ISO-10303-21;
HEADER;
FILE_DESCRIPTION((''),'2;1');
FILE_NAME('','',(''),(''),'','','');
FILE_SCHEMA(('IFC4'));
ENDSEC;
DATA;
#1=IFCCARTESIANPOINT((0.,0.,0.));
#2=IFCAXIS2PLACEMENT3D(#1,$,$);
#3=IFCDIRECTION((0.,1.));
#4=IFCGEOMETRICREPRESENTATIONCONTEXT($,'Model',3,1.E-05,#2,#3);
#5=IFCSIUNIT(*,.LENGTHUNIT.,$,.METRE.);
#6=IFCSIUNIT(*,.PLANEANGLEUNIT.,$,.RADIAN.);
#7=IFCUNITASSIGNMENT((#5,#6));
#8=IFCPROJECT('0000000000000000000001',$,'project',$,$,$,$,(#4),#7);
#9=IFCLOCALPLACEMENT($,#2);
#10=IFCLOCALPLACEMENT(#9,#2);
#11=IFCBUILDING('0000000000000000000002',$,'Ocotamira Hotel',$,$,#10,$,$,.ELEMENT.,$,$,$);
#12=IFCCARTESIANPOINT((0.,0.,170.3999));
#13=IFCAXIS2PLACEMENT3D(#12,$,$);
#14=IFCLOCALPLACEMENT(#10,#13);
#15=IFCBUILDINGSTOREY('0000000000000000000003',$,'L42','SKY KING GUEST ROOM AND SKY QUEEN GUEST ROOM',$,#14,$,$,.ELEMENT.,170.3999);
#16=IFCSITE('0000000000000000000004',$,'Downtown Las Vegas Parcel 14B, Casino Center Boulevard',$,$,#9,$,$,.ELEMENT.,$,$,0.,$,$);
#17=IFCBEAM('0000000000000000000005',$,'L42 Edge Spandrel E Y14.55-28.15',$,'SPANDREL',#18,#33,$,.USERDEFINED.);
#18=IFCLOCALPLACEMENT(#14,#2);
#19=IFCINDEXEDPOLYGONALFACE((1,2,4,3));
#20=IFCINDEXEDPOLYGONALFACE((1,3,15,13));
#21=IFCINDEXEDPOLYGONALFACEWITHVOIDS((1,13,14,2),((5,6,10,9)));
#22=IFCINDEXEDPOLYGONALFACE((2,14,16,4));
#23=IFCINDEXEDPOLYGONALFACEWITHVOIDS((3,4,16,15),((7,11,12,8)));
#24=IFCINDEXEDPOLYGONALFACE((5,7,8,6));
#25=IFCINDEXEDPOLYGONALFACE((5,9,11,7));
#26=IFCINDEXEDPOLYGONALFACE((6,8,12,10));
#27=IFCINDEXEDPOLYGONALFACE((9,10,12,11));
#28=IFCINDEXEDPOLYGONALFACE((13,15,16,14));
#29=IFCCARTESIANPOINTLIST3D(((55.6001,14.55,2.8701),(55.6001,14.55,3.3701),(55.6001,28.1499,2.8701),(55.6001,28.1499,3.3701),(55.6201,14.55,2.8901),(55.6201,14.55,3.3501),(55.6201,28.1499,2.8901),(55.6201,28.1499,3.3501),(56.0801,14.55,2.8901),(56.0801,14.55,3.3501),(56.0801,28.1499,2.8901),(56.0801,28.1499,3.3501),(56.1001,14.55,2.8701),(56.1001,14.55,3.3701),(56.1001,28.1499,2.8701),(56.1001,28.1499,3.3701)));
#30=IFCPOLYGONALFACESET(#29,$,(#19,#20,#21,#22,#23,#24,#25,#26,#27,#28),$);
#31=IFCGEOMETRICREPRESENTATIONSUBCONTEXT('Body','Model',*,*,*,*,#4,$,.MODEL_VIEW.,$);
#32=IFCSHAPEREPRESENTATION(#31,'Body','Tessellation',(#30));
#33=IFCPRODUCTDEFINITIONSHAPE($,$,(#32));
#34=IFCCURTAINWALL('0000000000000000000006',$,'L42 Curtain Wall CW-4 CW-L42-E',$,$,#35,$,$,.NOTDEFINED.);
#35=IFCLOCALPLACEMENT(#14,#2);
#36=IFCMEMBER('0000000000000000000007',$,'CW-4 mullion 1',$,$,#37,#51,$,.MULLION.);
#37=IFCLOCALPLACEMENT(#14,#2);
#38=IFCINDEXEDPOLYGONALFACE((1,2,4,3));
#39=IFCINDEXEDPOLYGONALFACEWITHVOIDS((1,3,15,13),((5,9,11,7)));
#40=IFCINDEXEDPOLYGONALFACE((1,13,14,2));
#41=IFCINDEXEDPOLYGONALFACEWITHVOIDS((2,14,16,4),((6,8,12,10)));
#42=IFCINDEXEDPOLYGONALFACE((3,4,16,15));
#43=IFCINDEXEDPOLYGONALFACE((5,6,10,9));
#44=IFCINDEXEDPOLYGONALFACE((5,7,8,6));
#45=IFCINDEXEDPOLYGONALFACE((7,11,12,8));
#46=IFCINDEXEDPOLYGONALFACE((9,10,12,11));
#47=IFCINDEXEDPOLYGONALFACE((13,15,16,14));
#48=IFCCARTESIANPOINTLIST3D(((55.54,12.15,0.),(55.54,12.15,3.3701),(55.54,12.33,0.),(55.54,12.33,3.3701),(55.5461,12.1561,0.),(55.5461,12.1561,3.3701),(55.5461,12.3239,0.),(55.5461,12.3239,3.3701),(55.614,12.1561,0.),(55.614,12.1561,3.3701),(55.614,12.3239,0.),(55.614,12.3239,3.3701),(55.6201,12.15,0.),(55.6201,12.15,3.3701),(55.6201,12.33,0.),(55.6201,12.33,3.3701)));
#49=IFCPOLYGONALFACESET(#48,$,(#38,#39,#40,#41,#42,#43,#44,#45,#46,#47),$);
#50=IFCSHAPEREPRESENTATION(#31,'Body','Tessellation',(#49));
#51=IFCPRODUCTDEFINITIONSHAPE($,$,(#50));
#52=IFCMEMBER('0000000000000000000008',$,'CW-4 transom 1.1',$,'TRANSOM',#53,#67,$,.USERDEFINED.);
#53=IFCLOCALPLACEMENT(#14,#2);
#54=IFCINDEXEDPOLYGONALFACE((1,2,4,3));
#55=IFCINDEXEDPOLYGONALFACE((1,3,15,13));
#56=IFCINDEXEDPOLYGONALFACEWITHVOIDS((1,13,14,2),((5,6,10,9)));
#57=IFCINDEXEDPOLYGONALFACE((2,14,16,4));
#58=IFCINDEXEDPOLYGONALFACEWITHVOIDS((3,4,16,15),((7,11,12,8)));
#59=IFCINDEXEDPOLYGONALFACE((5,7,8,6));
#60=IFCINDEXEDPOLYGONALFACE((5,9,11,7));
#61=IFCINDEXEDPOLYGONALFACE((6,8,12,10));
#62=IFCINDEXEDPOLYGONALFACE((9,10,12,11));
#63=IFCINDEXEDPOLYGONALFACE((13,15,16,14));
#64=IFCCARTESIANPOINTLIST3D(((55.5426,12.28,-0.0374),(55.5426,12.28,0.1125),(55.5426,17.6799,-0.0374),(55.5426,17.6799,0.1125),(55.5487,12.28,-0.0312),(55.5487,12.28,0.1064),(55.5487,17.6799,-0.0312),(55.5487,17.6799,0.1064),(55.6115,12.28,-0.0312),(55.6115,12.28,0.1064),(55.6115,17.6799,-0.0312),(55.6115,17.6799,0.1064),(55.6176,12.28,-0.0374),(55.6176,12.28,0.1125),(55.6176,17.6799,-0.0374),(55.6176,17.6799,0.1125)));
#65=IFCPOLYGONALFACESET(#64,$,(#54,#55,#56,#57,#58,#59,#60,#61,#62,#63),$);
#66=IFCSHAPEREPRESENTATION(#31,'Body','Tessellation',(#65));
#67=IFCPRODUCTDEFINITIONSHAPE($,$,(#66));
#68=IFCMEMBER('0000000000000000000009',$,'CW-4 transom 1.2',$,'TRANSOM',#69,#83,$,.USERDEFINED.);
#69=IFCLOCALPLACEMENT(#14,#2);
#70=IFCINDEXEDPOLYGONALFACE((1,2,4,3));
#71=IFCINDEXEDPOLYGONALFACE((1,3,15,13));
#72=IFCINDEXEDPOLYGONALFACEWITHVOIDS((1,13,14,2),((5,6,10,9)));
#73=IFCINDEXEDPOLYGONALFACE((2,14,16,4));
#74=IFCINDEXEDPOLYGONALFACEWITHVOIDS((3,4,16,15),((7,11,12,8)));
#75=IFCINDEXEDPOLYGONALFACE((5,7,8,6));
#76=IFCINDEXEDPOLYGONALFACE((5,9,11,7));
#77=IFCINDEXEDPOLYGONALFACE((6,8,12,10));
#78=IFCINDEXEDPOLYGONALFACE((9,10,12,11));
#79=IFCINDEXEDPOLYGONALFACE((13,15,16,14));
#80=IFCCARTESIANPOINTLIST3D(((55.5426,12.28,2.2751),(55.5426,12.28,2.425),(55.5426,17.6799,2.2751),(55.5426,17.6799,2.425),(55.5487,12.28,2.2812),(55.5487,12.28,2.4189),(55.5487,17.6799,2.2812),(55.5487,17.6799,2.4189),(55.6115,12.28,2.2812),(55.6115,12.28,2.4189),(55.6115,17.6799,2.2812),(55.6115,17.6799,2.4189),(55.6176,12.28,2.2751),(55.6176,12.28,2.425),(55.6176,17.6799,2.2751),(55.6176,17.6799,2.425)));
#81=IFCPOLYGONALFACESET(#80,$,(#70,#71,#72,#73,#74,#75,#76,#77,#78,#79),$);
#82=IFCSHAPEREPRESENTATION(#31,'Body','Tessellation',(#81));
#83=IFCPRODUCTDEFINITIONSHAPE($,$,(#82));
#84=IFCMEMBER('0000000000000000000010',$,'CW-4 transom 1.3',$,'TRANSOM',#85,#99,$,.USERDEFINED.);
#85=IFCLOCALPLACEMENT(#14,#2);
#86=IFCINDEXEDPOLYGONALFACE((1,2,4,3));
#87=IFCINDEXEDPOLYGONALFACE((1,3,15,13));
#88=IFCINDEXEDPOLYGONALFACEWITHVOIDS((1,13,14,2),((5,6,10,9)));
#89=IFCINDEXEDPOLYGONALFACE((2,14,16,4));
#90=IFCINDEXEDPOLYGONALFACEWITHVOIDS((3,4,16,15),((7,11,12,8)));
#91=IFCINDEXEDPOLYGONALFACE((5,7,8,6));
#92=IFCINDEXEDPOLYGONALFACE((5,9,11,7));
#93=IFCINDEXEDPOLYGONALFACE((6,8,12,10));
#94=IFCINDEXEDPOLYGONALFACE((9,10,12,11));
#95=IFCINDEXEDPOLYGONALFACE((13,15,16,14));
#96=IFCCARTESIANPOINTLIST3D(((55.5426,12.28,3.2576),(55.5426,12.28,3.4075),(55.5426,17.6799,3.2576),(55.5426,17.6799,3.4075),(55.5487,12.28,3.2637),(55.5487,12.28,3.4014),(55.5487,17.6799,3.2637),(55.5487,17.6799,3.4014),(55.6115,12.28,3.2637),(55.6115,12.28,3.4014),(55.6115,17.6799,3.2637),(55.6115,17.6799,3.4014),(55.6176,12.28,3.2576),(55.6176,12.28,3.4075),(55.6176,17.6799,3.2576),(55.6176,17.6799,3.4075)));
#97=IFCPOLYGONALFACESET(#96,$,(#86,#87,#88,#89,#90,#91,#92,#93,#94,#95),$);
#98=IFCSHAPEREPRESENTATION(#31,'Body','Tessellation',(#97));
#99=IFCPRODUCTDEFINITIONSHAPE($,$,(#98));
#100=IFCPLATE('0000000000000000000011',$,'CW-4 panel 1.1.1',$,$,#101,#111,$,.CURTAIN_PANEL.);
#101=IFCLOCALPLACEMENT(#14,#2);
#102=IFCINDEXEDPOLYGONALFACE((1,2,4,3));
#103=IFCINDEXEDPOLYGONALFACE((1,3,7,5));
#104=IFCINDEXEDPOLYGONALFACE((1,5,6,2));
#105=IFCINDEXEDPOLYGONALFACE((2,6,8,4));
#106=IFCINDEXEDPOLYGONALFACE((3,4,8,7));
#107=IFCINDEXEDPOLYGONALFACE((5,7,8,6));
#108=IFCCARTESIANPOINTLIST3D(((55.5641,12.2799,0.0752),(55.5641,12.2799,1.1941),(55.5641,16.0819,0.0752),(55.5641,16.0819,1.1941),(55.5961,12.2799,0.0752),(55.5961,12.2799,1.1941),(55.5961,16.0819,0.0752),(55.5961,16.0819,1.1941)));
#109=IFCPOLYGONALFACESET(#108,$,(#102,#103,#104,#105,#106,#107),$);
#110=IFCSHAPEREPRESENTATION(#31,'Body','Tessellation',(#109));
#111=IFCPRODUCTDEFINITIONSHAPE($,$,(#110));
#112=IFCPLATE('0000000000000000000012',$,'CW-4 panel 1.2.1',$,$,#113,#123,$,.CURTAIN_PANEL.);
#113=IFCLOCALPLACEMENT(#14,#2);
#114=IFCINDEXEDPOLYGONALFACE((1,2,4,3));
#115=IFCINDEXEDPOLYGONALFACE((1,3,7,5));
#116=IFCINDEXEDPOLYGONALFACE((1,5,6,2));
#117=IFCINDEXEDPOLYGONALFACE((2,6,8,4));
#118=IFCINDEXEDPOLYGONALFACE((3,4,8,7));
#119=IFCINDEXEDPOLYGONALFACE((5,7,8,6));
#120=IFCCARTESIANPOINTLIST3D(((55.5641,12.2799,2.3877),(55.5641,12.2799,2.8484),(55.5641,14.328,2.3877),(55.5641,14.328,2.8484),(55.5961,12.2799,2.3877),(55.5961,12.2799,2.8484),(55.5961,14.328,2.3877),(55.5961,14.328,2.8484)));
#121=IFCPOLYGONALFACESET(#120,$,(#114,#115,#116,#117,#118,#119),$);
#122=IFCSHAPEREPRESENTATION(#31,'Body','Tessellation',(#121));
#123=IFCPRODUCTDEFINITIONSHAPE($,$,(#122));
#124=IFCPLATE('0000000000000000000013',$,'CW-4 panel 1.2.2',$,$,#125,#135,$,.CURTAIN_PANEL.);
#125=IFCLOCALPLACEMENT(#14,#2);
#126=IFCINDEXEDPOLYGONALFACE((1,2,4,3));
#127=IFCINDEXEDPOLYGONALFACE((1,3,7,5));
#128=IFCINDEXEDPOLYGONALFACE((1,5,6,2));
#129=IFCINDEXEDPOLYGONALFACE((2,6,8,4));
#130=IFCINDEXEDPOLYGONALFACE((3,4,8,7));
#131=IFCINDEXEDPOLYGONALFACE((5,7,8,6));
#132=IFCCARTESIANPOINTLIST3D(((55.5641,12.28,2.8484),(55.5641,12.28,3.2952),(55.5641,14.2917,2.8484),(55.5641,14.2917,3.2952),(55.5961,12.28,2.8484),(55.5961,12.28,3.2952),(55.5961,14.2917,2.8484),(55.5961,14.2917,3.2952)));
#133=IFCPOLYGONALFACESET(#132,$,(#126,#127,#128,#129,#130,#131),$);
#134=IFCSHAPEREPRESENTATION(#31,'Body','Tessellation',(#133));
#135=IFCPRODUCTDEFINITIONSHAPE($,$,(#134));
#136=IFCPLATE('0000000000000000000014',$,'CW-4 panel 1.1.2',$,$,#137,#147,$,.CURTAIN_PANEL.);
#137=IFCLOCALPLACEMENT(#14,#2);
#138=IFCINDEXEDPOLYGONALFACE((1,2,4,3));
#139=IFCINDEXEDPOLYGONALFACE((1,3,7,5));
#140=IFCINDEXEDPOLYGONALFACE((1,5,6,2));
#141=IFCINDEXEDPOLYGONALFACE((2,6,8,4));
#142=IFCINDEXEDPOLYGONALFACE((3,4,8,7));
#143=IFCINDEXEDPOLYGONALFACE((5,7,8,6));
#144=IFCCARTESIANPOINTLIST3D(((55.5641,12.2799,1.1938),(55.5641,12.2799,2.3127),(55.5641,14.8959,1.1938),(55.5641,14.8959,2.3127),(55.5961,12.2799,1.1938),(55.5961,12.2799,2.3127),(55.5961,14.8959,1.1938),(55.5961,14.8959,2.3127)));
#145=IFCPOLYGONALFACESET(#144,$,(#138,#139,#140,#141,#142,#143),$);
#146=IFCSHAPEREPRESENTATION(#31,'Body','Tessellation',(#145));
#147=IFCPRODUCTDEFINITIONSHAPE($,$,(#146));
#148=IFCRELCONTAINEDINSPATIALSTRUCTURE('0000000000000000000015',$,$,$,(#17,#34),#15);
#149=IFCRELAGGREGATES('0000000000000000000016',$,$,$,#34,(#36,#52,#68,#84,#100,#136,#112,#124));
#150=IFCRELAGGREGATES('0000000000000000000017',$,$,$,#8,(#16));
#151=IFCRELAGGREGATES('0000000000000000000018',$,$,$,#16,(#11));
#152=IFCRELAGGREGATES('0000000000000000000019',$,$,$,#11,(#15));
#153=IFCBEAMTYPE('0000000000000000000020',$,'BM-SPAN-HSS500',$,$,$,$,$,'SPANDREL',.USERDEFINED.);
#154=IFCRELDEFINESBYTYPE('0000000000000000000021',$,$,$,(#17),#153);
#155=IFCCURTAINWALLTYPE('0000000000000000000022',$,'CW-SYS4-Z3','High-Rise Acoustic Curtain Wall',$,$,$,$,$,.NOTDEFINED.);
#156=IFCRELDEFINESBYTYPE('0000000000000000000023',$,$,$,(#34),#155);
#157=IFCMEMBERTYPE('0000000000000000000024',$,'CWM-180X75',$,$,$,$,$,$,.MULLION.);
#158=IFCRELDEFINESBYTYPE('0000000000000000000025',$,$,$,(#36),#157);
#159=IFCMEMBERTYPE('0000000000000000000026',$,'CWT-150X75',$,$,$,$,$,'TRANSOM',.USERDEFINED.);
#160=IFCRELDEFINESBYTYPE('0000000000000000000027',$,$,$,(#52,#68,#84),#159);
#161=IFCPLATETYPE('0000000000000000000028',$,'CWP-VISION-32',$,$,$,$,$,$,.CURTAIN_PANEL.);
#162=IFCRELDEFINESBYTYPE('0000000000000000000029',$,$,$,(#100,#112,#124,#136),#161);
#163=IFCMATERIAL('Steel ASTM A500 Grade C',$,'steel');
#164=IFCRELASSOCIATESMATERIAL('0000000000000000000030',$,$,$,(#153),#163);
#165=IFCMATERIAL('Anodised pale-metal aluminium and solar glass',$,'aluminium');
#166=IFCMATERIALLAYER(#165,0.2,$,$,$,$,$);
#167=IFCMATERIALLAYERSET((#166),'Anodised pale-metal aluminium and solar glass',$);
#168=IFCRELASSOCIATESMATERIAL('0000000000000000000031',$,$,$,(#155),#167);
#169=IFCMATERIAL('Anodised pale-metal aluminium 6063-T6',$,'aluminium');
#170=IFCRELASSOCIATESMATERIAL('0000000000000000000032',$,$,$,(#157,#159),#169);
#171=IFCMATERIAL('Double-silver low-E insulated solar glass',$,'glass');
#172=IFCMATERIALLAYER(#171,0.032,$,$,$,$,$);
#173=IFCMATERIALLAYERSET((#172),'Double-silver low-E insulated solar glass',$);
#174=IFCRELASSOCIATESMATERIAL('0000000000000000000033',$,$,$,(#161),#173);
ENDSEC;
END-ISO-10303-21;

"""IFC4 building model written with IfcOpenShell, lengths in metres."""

from ifc_helpers import new_model, si_unit, direction, frame, origin, origin_2d, place, context, subcontext, project, spatial, rectangle, hollow_rectangle, extrude, source, transform, mapped, material, layer, layer_set, material_profile, profile_set, type_object, element, aggregate, save


model = new_model("IFC4")

# Units and contexts
model_context = context("Model", 3, precision=1e-05, world=origin(), true_north=direction((0.0, 1.0)))
body_context = subcontext(model_context, "Body", "Model", "MODEL_VIEW")
ifc_project = project(units=[si_unit("LENGTHUNIT", "METRE"), si_unit("PLANEANGLEUNIT", "RADIAN")], contexts=[model_context])

# Site, building, storey
site_placement = place(None, origin())
site = spatial("IfcSite", under=ifc_project, at=site_placement, Name="Downtown Las Vegas Parcel 14B, Casino Center Boulevard", CompositionType="ELEMENT", RefElevation=0.0)
building_placement = place(site_placement, origin())
building = spatial("IfcBuilding", under=site, at=building_placement, Name="Ocotamira Hotel", CompositionType="ELEMENT")
storey_placement = place(building_placement, frame((0.0, 0.0, 170.3999)))
storey = spatial("IfcBuildingStorey", under=building, at=storey_placement, Name="L42", Description="SKY KING GUEST ROOM AND SKY QUEEN GUEST ROOM", CompositionType="ELEMENT", Elevation=170.3999)

# Beam
ifc_material_1 = material(Name="Steel ASTM A500 Grade C", Category="steel")
ifc_material_profile_1 = material_profile(ifc_material_1, hollow_rectangle(XDim=0.5, YDim=0.5, WallThickness=0.02, at=origin_2d()), Name="HSS500X500X20")
ifc_profile_set_1 = profile_set([ifc_material_profile_1], Name="Steel ASTM A500 Grade C")
beam_type_1 = type_object("IfcBeamType", Name="BM-SPAN-HSS500", ElementType="SPANDREL", PredefinedType="USERDEFINED", material=ifc_profile_set_1)
shared_shape_1 = source(origin(), body_context, "Body", "SweptSolid", [
    extrude(hollow_rectangle(XDim=0.5, YDim=0.5, WallThickness=0.02, at=origin_2d()), origin(), (0.0, 0.0, 1.0), 13.5999),
])
beam_1_placement = place(storey_placement, frame((55.8501, 14.55, 3.1201), z_axis=(0.0, 1.0, 0.0), x_axis=(-1.0, 0.0, 0.0)))
element("IfcBeam", 1, at=beam_1_placement, inside=storey, type_object=beam_type_1, Name="L42 Edge Spandrel E Y14.55-28.15", ObjectType="SPANDREL", PredefinedType="USERDEFINED", context=body_context, shape_type="MappedRepresentation", body=[
    mapped(shared_shape_1, transform((0.0, 0.0, 0.0), scale=1.0)),
])

# Curtain wall, members, plates
ifc_material_2 = material(Name="Anodised pale-metal aluminium and solar glass", Category="aluminium")
ifc_layer_1 = layer(ifc_material_2, 0.2)
ifc_layer_set_1 = layer_set([ifc_layer_1], Name="Anodised pale-metal aluminium and solar glass")
curtain_wall_type = type_object("IfcCurtainWallType", Name="CW-SYS4-Z3", Description="High-Rise Acoustic Curtain Wall", PredefinedType="NOTDEFINED", material=ifc_layer_set_1)
curtain_wall_placement = place(storey_placement, origin())
curtain_wall = element("IfcCurtainWall", 2, at=curtain_wall_placement, inside=storey, type_object=curtain_wall_type, Name="L42 Curtain Wall CW-4 CW-L42-E", PredefinedType="NOTDEFINED")
ifc_material_3 = material(Name="Anodised pale-metal aluminium 6063-T6", Category="aluminium")
ifc_material_profile_2 = material_profile(ifc_material_3, hollow_rectangle(XDim=0.0801, YDim=0.1799, WallThickness=0.0061, at=origin_2d()), Name="HSS180X80X6")
ifc_profile_set_2 = profile_set([ifc_material_profile_2], Name="Anodised pale-metal aluminium 6063-T6")
member_type_1 = type_object("IfcMemberType", Name="CWM-180X75", PredefinedType="MULLION", material=ifc_profile_set_2)
shared_shape_2 = source(origin(), body_context, "Body", "SweptSolid", [
    extrude(hollow_rectangle(XDim=0.0801, YDim=0.1799, WallThickness=0.0061, at=origin_2d()), origin(), (0.0, 0.0, 1.0), 3.3701),
])
member_1_placement = place(storey_placement, frame((55.5801, 12.24, 0.0), z_axis=(0.0, 0.0, 1.0), x_axis=(-1.0, 0.0, 0.0)))
member_1 = element("IfcMember", 3, at=member_1_placement, type_object=member_type_1, Name="CW-4 mullion 1", PredefinedType="MULLION", context=body_context, shape_type="MappedRepresentation", body=[
    mapped(shared_shape_2, transform((0.0, 0.0, 0.0), scale=1.0)),
])
ifc_material_profile_3 = material_profile(ifc_material_3, hollow_rectangle(XDim=0.075, YDim=0.1499, WallThickness=0.0061, at=origin_2d()), Name="HSS150X75X6")
ifc_profile_set_3 = profile_set([ifc_material_profile_3], Name="Anodised pale-metal aluminium 6063-T6")
member_type_2 = type_object("IfcMemberType", Name="CWT-150X75", ElementType="TRANSOM", PredefinedType="USERDEFINED", material=ifc_profile_set_3)
shared_shape_3 = source(origin(), body_context, "Body", "SweptSolid", [
    extrude(hollow_rectangle(XDim=0.075, YDim=0.1499, WallThickness=0.0061, at=origin_2d()), origin(), (0.0, 0.0, 1.0), 5.3999),
])
member_2_placement = place(storey_placement, frame((55.5801, 12.28, 0.0376), z_axis=(0.0, 1.0, 0.0), x_axis=(-1.0, 0.0, 0.0)))
member_2 = element("IfcMember", 4, at=member_2_placement, type_object=member_type_2, Name="CW-4 transom 1.1", ObjectType="TRANSOM", PredefinedType="USERDEFINED", context=body_context, shape_type="MappedRepresentation", body=[
    mapped(shared_shape_3, transform((0.0, 0.0, 0.0), scale=1.0)),
])
member_3_placement = place(storey_placement, frame((55.5801, 12.28, 2.3501), z_axis=(0.0, 1.0, 0.0), x_axis=(-1.0, 0.0, 0.0)))
member_3 = element("IfcMember", 5, at=member_3_placement, type_object=member_type_2, Name="CW-4 transom 1.2", ObjectType="TRANSOM", PredefinedType="USERDEFINED", context=body_context, shape_type="MappedRepresentation", body=[
    mapped(shared_shape_3, transform((0.0, 0.0, 0.0), scale=1.0)),
])
member_4_placement = place(storey_placement, frame((55.5801, 12.28, 3.3325), z_axis=(0.0, 1.0, 0.0), x_axis=(-1.0, 0.0, 0.0)))
member_4 = element("IfcMember", 6, at=member_4_placement, type_object=member_type_2, Name="CW-4 transom 1.3", ObjectType="TRANSOM", PredefinedType="USERDEFINED", context=body_context, shape_type="MappedRepresentation", body=[
    mapped(shared_shape_3, transform((0.0, 0.0, 0.0), scale=1.0)),
])
ifc_material_4 = material(Name="Double-silver low-E insulated solar glass", Category="glass")
ifc_layer_2 = layer(ifc_material_4, 0.032)
ifc_layer_set_2 = layer_set([ifc_layer_2], Name="Double-silver low-E insulated solar glass")
plate_type = type_object("IfcPlateType", Name="CWP-VISION-32", PredefinedType="CURTAIN_PANEL", material=ifc_layer_set_2)
shared_shape_4 = source(origin(), body_context, "Body", "SweptSolid", [
    extrude(rectangle(XDim=3.802, YDim=0.032, at=origin_2d()), origin(), (0.0, 0.0, 1.0), 1.1189),
])
plate_1_placement = place(storey_placement, frame((55.5801, 14.1809, 0.0752), z_axis=(0.0, 0.0, 1.0), x_axis=(0.0, 1.0, 0.0)))
plate_1 = element("IfcPlate", 7, at=plate_1_placement, type_object=plate_type, Name="CW-4 panel 1.1.1", PredefinedType="CURTAIN_PANEL", context=body_context, shape_type="MappedRepresentation", body=[
    mapped(shared_shape_4, transform((0.0, 0.0, 0.0), scale=1.0)),
])
shared_shape_5 = source(origin(), body_context, "Body", "SweptSolid", [
    extrude(rectangle(XDim=2.0481, YDim=0.032, at=origin_2d()), origin(), (0.0, 0.0, 1.0), 0.4607),
])
plate_2_placement = place(storey_placement, frame((55.5801, 13.304, 2.3877), z_axis=(0.0, 0.0, 1.0), x_axis=(0.0, 1.0, 0.0)))
plate_2 = element("IfcPlate", 8, at=plate_2_placement, type_object=plate_type, Name="CW-4 panel 1.2.1", PredefinedType="CURTAIN_PANEL", context=body_context, shape_type="MappedRepresentation", body=[
    mapped(shared_shape_5, transform((0.0, 0.0, 0.0), scale=1.0)),
])
shared_shape_6 = source(origin(), body_context, "Body", "SweptSolid", [
    extrude(rectangle(XDim=2.0117, YDim=0.032, at=origin_2d()), origin(), (0.0, 0.0, 1.0), 0.4468),
])
plate_3_placement = place(storey_placement, frame((55.5801, 13.2859, 2.8484), z_axis=(0.0, 0.0, 1.0), x_axis=(0.0, 1.0, 0.0)))
plate_3 = element("IfcPlate", 9, at=plate_3_placement, type_object=plate_type, Name="CW-4 panel 1.2.2", PredefinedType="CURTAIN_PANEL", context=body_context, shape_type="MappedRepresentation", body=[
    mapped(shared_shape_6, transform((0.0, 0.0, 0.0), scale=1.0)),
])
shared_shape_7 = source(origin(), body_context, "Body", "SweptSolid", [
    extrude(rectangle(XDim=2.616, YDim=0.032, at=origin_2d()), origin(), (0.0, 0.0, 1.0), 1.1189),
])
plate_4_placement = place(storey_placement, frame((55.5801, 13.5879, 1.1938), z_axis=(0.0, 0.0, 1.0), x_axis=(0.0, 1.0, 0.0)))
plate_4 = element("IfcPlate", 10, at=plate_4_placement, type_object=plate_type, Name="CW-4 panel 1.1.2", PredefinedType="CURTAIN_PANEL", context=body_context, shape_type="MappedRepresentation", body=[
    mapped(shared_shape_7, transform((0.0, 0.0, 0.0), scale=1.0)),
])
aggregate(curtain_wall, [member_1, member_2, member_3, member_4, plate_1, plate_4, plate_2, plate_3])

save(model, "model.ifc")
